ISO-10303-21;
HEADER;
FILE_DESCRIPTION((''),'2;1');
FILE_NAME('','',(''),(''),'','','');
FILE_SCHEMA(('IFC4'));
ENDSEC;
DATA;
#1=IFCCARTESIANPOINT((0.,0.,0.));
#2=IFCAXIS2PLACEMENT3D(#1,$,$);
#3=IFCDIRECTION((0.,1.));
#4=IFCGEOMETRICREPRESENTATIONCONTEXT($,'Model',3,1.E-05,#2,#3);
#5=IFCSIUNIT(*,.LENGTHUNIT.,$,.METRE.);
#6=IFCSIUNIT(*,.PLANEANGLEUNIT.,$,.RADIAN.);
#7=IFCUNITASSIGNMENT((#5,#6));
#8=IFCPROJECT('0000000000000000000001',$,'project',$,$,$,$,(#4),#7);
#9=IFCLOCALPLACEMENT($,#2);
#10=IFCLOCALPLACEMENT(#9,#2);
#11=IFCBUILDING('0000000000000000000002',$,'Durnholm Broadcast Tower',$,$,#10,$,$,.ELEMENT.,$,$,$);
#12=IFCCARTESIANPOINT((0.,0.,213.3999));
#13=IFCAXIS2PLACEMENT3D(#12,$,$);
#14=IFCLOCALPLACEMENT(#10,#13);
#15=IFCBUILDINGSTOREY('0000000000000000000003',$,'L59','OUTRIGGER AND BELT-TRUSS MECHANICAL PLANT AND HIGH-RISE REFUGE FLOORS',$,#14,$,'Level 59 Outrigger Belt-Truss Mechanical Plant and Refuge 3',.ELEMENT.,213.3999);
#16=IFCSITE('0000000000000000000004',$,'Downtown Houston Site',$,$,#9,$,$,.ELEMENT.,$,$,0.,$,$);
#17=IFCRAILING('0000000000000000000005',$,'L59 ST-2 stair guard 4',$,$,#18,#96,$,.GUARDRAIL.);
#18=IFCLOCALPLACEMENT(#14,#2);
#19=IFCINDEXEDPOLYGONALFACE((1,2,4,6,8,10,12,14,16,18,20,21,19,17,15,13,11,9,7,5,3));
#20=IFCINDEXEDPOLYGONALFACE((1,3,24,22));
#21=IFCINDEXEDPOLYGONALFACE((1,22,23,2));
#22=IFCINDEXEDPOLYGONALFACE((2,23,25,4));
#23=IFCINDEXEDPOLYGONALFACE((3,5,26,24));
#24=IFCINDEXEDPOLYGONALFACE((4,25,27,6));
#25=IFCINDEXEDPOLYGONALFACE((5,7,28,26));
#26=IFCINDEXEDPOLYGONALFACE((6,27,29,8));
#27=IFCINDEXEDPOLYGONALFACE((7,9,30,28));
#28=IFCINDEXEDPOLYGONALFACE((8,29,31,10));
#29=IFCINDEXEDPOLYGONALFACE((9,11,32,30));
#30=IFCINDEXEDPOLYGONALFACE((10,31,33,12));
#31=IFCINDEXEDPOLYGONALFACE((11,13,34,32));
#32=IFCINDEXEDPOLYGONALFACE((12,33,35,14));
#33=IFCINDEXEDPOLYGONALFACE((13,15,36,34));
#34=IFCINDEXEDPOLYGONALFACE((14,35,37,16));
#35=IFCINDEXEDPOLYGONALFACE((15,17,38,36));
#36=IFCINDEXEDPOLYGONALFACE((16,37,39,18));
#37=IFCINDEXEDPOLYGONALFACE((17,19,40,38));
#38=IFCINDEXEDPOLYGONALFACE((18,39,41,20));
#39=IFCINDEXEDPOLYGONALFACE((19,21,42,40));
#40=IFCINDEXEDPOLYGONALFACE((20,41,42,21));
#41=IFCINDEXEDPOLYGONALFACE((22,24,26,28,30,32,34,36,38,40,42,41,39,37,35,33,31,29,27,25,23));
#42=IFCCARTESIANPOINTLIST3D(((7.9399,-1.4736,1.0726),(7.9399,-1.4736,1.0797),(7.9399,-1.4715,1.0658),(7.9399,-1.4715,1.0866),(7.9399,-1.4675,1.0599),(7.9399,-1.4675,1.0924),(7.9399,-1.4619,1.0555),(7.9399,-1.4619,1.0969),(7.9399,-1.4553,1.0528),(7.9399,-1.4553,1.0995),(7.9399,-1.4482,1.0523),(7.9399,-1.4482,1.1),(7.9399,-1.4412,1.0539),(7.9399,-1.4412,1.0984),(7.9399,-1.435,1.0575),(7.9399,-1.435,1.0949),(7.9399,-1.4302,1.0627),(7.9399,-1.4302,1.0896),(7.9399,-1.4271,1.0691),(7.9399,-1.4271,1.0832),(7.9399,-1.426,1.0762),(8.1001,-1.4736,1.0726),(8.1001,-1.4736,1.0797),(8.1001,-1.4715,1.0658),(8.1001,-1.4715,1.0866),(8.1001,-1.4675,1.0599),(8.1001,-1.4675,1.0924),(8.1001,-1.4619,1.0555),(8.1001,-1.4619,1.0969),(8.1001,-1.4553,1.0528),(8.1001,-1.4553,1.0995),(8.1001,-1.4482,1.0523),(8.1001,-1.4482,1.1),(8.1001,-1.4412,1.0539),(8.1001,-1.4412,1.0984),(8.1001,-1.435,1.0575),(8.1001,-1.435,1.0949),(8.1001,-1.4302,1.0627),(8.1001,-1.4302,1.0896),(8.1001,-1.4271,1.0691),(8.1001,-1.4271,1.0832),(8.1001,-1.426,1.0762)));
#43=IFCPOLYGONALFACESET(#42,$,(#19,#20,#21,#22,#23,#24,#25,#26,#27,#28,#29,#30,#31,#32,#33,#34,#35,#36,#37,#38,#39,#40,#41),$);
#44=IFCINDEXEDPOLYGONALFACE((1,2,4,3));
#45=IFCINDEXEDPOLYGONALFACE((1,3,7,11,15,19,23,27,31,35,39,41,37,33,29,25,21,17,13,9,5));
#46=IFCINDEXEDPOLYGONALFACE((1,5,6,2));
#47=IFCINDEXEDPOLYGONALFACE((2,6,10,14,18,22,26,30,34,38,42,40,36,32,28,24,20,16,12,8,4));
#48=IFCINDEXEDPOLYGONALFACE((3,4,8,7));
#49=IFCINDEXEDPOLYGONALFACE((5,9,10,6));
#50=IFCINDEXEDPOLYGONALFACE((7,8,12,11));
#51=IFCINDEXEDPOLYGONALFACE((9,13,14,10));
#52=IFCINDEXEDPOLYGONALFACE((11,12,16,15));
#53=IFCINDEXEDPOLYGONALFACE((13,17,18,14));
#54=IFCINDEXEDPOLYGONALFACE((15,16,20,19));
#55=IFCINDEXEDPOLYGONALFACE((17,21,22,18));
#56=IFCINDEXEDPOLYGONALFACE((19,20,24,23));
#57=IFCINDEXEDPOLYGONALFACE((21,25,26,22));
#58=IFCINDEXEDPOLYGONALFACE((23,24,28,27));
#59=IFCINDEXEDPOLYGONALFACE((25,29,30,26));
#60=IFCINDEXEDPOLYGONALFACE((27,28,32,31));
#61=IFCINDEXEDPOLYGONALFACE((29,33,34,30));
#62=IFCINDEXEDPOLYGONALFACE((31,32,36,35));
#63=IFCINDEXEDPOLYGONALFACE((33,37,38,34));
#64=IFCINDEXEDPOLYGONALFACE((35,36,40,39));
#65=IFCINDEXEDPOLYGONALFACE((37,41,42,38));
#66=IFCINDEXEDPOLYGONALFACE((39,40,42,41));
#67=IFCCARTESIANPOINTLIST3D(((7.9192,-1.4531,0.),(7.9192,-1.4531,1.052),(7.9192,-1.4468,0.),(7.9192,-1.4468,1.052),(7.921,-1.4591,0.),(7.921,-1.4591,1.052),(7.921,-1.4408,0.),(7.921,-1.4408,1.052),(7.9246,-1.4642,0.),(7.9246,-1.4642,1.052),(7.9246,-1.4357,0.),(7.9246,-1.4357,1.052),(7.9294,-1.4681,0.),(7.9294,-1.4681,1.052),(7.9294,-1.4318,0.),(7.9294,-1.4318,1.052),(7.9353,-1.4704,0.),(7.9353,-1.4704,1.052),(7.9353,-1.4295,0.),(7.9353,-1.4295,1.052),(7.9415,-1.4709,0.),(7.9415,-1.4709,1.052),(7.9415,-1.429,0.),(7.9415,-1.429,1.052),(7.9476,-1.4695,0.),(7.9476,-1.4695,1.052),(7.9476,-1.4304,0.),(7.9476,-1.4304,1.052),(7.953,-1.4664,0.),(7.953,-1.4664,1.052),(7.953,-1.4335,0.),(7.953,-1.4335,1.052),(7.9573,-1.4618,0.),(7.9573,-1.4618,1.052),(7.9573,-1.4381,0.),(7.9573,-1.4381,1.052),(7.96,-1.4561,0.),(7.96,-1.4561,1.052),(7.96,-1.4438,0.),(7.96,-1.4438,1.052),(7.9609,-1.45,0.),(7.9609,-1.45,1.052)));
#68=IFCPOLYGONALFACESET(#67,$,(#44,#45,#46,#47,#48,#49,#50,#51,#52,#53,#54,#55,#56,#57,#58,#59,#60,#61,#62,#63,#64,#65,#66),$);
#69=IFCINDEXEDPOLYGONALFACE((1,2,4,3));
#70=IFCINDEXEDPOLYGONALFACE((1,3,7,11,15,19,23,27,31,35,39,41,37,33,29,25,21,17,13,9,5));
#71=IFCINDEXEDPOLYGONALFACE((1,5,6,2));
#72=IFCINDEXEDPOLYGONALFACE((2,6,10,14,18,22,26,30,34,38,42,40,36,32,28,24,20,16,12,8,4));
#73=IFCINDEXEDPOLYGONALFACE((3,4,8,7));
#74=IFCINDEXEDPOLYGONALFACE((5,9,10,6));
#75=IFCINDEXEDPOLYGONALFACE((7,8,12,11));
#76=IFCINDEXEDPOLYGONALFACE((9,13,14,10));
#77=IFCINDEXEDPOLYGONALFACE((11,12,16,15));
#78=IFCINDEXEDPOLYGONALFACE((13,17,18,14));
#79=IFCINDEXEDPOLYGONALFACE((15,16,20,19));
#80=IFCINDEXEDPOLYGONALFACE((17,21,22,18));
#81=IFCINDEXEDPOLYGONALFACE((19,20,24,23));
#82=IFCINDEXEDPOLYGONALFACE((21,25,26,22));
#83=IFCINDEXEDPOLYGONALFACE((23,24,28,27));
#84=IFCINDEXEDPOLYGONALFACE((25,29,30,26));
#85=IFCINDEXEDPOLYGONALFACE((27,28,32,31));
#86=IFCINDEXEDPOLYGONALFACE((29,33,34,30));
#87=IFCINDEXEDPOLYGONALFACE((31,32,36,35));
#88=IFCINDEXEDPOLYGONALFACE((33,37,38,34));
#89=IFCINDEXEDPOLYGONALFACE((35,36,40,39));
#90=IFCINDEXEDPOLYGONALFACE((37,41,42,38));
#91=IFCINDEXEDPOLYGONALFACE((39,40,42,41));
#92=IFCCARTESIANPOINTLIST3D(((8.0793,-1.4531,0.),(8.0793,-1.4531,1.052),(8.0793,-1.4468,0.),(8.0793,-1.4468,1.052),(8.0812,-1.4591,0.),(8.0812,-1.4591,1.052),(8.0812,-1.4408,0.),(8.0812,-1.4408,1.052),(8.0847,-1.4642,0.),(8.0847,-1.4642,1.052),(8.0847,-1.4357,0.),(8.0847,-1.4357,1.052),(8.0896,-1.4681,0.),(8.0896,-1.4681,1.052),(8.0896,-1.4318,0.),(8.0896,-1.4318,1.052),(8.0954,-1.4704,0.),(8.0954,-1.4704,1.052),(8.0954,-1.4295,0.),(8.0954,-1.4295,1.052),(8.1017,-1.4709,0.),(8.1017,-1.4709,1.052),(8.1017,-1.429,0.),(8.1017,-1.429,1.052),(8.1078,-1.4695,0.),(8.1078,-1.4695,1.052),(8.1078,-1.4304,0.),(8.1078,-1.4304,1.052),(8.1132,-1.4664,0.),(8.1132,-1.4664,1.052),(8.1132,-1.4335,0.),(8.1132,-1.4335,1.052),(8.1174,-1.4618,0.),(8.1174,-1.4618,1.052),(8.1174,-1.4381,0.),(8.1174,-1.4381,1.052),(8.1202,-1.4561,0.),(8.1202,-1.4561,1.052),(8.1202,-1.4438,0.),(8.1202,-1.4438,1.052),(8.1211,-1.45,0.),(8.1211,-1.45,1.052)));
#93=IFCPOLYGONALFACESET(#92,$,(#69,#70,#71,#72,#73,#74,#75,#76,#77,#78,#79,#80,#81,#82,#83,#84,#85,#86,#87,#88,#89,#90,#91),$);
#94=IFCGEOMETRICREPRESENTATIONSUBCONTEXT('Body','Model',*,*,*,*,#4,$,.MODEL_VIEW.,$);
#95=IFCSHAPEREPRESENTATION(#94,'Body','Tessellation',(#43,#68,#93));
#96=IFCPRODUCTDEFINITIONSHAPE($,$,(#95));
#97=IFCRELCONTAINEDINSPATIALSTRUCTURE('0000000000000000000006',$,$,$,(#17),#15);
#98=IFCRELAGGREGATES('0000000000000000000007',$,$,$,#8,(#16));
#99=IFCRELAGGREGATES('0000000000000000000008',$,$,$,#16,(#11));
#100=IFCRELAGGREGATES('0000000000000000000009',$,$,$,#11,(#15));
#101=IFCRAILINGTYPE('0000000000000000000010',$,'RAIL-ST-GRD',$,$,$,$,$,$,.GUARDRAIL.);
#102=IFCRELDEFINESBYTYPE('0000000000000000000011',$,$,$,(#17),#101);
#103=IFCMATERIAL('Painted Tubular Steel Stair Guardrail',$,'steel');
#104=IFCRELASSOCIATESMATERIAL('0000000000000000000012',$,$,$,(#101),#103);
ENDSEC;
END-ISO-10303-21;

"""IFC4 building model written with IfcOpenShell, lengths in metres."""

from ifc_helpers import new_model, si_unit, direction, frame, origin, origin_2d, place, context, subcontext, project, spatial, circle, extrude, material, type_object, element, save


model = new_model("IFC4")

# Units and contexts
model_context = context("Model", 3, precision=1e-05, world=origin(), true_north=direction((0.0, 1.0)))
body_context = subcontext(model_context, "Body", "Model", "MODEL_VIEW")
ifc_project = project(units=[si_unit("LENGTHUNIT", "METRE"), si_unit("PLANEANGLEUNIT", "RADIAN")], contexts=[model_context])

# Site, building, storey
site_placement = place(None, origin())
site = spatial("IfcSite", under=ifc_project, at=site_placement, Name="Downtown Houston Site", CompositionType="ELEMENT", RefElevation=0.0)
building_placement = place(site_placement, origin())
building = spatial("IfcBuilding", under=site, at=building_placement, Name="Durnholm Broadcast Tower", CompositionType="ELEMENT")
storey_placement = place(building_placement, frame((0.0, 0.0, 213.3999)))
storey = spatial("IfcBuildingStorey", under=building, at=storey_placement, Name="L59", Description="OUTRIGGER AND BELT-TRUSS MECHANICAL PLANT AND HIGH-RISE REFUGE FLOORS", LongName="Level 59 Outrigger Belt-Truss Mechanical Plant and Refuge 3", CompositionType="ELEMENT", Elevation=213.3999)

# Railing
ifc_material_1 = material(Name="Painted Tubular Steel Stair Guardrail", Category="steel")
railing_type_1 = type_object("IfcRailingType", Name="RAIL-ST-GRD", PredefinedType="GUARDRAIL", material=ifc_material_1)
railing_1_placement = place(storey_placement, frame((7.9399, -1.45, 0.0)))
element("IfcRailing", 1, at=railing_1_placement, inside=storey, type_object=railing_type_1, Name="L59 ST-2 stair guard 4", PredefinedType="GUARDRAIL", context=body_context, shape_type="SweptSolid", body=[
    extrude(circle(Radius=0.0239, at=origin_2d()), frame((0.0, 0.0, 1.0762), z_axis=(1.0, 0.0, 0.0), x_axis=(0.0, 1.0, 0.0)), (0.0, 0.0, 1.0), 0.1602),
    extrude(circle(Radius=0.021, at=origin_2d()), origin(), (0.0, 0.0, 1.0), 1.052),
    extrude(circle(Radius=0.021, at=origin_2d()), frame((0.1602, 0.0, 0.0)), (0.0, 0.0, 1.0), 1.052),
])

save(model, "model.ifc")
